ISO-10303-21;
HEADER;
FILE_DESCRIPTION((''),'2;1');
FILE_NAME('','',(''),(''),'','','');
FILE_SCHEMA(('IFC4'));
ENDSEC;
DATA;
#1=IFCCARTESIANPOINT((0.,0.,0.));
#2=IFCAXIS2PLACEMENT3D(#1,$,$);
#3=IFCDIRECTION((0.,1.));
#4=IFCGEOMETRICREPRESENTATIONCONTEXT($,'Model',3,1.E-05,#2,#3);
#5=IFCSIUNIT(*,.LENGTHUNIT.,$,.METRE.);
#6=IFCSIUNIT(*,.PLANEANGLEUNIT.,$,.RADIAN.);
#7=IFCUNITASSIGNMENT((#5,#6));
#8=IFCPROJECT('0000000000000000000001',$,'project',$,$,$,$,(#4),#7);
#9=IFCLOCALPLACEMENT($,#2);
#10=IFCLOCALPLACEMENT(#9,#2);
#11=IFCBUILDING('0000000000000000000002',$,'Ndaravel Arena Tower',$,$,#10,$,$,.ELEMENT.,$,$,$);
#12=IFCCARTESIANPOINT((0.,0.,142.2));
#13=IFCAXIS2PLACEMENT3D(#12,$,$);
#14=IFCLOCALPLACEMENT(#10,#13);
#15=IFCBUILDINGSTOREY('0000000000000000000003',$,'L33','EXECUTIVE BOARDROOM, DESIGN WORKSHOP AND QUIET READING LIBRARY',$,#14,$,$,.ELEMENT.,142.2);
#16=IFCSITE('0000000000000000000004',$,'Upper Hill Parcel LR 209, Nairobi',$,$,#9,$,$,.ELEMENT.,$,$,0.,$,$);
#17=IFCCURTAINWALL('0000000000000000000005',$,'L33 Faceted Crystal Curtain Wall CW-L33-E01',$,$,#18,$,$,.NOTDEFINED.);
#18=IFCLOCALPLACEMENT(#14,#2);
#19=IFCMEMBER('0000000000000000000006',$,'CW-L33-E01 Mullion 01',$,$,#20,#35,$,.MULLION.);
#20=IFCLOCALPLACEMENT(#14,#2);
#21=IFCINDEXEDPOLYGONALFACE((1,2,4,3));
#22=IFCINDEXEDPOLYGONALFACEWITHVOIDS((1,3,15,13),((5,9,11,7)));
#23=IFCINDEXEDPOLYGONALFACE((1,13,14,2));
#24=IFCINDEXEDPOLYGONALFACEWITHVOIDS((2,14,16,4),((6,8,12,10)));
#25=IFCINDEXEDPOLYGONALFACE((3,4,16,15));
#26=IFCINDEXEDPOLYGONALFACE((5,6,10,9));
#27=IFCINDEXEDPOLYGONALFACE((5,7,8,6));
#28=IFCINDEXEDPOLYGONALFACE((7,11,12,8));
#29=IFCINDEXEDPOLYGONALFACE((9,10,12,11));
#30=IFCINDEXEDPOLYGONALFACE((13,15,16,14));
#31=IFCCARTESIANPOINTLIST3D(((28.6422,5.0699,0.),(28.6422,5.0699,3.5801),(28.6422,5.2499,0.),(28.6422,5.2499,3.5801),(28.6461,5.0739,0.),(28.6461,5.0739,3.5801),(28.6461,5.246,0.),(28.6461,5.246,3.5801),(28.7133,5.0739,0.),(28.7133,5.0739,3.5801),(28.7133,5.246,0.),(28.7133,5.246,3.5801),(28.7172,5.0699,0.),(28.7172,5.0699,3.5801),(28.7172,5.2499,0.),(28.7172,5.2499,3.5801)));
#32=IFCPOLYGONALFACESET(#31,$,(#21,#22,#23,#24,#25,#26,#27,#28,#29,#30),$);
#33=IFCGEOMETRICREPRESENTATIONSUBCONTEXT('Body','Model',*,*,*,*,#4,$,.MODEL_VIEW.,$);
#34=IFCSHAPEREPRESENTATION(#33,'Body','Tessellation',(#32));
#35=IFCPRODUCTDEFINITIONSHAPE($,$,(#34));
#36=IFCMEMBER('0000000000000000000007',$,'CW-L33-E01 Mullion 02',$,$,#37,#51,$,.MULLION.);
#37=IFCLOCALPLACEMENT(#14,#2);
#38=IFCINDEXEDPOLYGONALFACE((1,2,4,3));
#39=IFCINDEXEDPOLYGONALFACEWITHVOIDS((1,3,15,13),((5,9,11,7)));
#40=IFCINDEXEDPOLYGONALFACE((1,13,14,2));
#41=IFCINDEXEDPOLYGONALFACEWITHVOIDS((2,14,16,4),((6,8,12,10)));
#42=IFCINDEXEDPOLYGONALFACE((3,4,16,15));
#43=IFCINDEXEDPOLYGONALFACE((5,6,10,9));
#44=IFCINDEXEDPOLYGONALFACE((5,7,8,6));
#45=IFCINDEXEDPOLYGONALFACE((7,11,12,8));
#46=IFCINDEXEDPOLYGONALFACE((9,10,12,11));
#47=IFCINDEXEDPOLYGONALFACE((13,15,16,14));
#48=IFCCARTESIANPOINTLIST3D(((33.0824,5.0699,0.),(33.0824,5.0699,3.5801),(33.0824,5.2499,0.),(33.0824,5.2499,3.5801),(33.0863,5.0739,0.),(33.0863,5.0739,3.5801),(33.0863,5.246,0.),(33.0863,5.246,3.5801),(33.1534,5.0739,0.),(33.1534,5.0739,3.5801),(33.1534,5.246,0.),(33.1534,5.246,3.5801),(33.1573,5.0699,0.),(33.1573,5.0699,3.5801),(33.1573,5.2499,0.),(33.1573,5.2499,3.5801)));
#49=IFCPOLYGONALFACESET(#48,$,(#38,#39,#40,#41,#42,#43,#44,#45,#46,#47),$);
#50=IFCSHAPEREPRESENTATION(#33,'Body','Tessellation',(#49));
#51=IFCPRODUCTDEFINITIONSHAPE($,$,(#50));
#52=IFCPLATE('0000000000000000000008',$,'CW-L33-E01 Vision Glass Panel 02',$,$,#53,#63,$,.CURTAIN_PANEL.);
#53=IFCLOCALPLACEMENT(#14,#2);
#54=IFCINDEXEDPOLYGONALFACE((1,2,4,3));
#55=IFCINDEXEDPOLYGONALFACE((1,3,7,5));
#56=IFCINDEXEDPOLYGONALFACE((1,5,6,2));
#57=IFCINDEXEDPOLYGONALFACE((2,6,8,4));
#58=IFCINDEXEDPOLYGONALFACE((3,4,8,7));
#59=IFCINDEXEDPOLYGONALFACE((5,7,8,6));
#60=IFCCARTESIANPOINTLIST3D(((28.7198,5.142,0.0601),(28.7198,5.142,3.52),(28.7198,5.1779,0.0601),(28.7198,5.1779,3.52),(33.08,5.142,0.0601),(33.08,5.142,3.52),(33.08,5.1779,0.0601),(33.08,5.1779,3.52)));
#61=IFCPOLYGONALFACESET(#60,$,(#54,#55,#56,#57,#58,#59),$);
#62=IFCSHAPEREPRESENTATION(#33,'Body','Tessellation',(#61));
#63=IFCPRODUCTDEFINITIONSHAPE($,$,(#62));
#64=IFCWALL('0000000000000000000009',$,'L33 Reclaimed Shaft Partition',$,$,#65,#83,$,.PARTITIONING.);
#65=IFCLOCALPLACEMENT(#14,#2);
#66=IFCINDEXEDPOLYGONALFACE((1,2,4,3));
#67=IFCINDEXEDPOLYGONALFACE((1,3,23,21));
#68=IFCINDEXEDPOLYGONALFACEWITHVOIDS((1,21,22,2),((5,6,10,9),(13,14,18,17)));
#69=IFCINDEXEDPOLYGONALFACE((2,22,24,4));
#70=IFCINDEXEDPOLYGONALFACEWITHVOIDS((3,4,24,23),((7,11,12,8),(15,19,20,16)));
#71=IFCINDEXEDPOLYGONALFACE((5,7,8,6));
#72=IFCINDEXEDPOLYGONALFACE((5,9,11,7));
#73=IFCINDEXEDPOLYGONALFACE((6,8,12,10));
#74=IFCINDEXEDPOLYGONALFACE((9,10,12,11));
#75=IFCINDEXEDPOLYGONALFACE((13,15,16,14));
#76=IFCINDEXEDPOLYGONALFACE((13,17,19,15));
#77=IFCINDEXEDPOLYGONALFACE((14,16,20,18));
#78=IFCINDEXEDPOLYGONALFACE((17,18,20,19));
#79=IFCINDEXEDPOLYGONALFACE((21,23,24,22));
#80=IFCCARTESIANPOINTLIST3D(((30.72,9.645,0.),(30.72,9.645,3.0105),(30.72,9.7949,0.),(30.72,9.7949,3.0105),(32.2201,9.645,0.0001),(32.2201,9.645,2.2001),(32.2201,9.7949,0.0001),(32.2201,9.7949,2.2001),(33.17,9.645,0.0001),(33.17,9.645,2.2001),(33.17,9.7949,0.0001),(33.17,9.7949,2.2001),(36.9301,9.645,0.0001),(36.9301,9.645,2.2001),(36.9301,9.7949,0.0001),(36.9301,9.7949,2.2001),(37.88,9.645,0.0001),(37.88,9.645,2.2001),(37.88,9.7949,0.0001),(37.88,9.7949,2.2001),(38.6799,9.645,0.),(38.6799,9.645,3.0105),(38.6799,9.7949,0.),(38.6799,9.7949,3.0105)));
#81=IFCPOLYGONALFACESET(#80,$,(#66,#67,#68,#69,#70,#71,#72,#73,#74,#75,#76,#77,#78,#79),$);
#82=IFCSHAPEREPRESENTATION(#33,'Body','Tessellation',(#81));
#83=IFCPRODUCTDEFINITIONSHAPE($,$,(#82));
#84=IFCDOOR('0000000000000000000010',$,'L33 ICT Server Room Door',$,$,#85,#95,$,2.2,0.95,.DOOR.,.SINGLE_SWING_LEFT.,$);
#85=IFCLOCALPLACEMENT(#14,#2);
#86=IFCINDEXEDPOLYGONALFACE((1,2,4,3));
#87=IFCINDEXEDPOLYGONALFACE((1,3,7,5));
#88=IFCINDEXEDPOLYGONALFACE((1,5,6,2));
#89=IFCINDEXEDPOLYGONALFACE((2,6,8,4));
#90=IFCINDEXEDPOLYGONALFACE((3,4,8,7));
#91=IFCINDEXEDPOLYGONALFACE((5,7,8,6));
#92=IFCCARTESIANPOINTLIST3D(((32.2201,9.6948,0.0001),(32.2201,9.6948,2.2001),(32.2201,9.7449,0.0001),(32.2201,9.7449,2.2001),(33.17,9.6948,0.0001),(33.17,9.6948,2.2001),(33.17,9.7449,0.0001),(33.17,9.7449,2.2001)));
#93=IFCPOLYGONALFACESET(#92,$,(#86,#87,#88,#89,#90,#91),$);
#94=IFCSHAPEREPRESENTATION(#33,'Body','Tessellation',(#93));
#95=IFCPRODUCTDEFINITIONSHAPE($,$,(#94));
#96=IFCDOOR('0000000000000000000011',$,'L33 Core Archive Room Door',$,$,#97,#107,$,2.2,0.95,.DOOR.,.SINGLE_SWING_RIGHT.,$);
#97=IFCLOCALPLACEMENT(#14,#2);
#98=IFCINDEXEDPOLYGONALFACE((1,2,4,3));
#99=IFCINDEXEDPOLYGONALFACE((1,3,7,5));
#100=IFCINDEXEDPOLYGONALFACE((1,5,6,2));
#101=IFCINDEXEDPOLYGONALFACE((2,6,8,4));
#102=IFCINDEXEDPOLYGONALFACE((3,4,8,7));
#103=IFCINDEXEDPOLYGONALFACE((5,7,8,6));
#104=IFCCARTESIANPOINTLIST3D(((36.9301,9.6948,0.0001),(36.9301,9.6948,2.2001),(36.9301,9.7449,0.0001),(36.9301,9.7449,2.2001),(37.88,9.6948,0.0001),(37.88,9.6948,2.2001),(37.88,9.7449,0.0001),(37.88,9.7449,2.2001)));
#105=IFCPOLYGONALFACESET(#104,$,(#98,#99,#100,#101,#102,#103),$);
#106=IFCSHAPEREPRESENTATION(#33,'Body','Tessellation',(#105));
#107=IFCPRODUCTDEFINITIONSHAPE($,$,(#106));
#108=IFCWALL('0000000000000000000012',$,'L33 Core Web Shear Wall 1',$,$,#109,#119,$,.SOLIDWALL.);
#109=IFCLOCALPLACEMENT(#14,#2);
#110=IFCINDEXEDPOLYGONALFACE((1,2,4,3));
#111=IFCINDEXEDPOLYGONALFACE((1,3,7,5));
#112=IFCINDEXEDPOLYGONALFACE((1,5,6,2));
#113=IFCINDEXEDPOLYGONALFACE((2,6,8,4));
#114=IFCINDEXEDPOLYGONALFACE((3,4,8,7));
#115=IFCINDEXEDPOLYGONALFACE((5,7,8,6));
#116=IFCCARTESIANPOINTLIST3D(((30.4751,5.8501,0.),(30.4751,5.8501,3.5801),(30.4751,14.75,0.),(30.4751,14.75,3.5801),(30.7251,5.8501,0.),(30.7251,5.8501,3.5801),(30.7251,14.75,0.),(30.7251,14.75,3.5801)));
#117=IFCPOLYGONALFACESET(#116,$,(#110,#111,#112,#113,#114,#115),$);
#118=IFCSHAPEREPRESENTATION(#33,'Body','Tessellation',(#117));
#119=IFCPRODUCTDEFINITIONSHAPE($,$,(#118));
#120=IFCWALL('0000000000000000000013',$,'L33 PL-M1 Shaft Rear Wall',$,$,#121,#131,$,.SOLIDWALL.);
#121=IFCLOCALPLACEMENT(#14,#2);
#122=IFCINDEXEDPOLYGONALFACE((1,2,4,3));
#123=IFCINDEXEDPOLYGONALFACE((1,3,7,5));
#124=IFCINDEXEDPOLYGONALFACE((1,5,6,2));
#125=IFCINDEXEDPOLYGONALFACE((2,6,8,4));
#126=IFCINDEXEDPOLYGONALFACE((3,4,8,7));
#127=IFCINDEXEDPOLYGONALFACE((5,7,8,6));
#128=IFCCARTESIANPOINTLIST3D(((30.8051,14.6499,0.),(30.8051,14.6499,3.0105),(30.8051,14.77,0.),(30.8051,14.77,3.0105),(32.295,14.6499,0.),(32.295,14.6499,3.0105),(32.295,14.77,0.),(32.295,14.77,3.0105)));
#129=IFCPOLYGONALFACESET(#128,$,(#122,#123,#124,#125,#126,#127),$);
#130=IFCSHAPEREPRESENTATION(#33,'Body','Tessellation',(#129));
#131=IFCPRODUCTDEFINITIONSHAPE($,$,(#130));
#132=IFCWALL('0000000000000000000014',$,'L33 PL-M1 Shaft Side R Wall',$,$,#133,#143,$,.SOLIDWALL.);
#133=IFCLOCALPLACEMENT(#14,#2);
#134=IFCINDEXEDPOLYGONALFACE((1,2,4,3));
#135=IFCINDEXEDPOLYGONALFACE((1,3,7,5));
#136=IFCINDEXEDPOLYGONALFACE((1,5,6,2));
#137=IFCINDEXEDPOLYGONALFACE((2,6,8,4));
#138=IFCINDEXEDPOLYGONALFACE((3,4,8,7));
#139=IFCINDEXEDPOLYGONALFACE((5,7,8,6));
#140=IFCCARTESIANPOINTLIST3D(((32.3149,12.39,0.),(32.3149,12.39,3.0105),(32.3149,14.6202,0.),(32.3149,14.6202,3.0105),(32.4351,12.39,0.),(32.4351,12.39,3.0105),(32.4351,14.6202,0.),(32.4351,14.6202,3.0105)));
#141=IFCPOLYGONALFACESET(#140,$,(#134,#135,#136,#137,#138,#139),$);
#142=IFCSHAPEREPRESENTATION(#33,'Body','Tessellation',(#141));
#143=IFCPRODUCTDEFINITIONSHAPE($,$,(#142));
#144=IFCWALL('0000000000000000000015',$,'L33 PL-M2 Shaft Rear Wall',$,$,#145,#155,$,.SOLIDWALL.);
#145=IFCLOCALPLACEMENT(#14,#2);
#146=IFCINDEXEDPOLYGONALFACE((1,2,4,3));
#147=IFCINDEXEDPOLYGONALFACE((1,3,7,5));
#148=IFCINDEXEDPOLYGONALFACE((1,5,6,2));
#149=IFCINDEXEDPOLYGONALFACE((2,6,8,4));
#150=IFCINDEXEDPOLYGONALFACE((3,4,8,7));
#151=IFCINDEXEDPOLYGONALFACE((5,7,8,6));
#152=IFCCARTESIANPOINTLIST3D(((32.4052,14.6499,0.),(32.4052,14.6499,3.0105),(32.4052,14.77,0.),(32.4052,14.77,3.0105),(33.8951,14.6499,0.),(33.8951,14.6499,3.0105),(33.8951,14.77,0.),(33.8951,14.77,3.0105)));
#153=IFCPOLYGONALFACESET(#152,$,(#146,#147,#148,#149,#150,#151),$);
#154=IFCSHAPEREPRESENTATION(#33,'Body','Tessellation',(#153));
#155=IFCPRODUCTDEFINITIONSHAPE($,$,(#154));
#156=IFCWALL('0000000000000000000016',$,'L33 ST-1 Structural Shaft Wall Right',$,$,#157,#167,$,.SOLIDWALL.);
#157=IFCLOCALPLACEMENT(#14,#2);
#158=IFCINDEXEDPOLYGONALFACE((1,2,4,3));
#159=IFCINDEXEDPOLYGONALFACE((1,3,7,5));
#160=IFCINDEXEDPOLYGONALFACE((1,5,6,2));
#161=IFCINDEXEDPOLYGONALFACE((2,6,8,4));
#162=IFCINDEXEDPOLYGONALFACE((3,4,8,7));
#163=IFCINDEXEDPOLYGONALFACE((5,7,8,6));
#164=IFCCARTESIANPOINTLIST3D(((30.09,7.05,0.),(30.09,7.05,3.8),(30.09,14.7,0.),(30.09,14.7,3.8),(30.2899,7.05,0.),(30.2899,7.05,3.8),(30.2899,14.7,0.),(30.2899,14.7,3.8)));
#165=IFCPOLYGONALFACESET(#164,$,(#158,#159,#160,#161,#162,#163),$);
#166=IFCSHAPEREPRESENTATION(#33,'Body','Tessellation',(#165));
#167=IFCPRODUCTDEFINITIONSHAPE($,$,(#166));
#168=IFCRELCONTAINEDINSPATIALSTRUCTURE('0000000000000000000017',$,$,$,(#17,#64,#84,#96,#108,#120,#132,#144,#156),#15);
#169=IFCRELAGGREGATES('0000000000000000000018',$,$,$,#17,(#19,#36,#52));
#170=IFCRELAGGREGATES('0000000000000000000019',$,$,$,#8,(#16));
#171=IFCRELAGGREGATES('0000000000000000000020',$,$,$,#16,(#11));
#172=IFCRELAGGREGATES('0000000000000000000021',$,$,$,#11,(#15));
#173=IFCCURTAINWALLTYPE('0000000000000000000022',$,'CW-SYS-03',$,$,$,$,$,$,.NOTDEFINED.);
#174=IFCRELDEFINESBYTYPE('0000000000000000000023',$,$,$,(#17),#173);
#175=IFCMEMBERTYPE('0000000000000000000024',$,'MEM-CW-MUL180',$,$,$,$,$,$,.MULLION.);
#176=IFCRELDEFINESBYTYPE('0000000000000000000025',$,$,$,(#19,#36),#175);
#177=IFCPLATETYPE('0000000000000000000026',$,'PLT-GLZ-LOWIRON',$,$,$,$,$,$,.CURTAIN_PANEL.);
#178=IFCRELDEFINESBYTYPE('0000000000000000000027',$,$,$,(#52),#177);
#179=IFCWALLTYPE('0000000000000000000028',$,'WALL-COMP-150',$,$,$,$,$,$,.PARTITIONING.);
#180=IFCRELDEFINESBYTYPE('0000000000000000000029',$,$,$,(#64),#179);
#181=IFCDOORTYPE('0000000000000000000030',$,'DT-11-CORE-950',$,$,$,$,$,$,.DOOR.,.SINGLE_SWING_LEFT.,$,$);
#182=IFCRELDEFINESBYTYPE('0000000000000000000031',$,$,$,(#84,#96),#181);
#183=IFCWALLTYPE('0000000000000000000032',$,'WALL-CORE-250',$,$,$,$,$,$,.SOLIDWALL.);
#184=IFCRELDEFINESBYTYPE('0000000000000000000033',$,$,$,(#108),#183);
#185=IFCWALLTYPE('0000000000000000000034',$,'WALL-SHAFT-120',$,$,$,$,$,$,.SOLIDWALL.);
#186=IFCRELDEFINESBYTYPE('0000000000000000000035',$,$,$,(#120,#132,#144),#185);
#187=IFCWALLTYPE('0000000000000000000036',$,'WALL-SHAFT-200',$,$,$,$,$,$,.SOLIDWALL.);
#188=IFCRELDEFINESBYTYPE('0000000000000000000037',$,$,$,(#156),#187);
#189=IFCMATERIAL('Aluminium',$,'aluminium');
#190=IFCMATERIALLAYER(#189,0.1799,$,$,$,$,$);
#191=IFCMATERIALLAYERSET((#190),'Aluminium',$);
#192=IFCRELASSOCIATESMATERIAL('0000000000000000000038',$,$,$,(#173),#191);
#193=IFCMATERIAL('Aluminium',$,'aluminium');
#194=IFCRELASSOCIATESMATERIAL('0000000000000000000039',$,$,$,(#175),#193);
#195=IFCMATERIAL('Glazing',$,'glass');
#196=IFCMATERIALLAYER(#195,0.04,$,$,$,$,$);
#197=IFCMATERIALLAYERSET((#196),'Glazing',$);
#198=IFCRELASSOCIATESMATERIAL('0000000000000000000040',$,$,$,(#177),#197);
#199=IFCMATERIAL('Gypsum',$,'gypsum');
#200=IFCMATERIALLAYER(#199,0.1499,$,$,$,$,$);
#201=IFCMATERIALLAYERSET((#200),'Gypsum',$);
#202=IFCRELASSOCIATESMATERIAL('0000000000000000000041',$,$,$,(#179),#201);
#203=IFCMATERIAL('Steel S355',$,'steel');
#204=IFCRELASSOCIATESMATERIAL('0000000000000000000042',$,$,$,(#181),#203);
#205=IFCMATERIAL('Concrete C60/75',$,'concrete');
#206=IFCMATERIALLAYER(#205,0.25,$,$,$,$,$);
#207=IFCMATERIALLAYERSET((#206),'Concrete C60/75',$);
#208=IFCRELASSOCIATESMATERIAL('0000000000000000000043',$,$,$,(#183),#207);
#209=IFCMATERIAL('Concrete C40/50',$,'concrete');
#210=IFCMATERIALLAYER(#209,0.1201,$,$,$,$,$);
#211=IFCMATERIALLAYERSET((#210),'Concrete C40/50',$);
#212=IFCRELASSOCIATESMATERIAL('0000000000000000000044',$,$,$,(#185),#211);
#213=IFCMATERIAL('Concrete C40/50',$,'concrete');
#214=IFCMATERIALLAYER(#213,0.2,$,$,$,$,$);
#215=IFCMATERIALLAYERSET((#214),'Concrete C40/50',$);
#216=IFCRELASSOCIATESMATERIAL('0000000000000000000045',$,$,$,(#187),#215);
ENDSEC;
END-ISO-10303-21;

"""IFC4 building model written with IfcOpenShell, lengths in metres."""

from ifc_helpers import new_model, si_unit, direction, frame, frame_2d, origin, origin_2d, place, context, subcontext, project, spatial, rectangle, hollow_rectangle, extrude, material, layer, layer_set, material_profile, profile_set, type_object, element, fill, aggregate, save


model = new_model("IFC4")

# Units and contexts
model_context = context("Model", 3, precision=1e-05, world=origin(), true_north=direction((0.0, 1.0)))
body_context = subcontext(model_context, "Body", "Model", "MODEL_VIEW")
ifc_project = project(units=[si_unit("LENGTHUNIT", "METRE"), si_unit("PLANEANGLEUNIT", "RADIAN")], contexts=[model_context])

# Site, building, storey
site_placement = place(None, origin())
site = spatial("IfcSite", under=ifc_project, at=site_placement, Name="Upper Hill Parcel LR 209, Nairobi", CompositionType="ELEMENT", RefElevation=0.0)
building_placement = place(site_placement, origin())
building = spatial("IfcBuilding", under=site, at=building_placement, Name="Ndaravel Arena Tower", CompositionType="ELEMENT")
storey_placement = place(building_placement, frame((0.0, 0.0, 142.2)))
storey = spatial("IfcBuildingStorey", under=building, at=storey_placement, Name="L33", Description="EXECUTIVE BOARDROOM, DESIGN WORKSHOP AND QUIET READING LIBRARY", CompositionType="ELEMENT", Elevation=142.2)

# Curtain wall, members, plate
ifc_material_1 = material(Name="Aluminium", Category="aluminium")
ifc_layer_1 = layer(ifc_material_1, 0.1799)
ifc_layer_set_1 = layer_set([ifc_layer_1], Name="Aluminium")
curtain_wall_type = type_object("IfcCurtainWallType", Name="CW-SYS-03", PredefinedType="NOTDEFINED", material=ifc_layer_set_1)
curtain_wall_placement = place(storey_placement, origin())
curtain_wall = element("IfcCurtainWall", 1, at=curtain_wall_placement, inside=storey, type_object=curtain_wall_type, Name="L33 Faceted Crystal Curtain Wall CW-L33-E01", PredefinedType="NOTDEFINED")
ifc_material_2 = material(Name="Aluminium", Category="aluminium")
ifc_material_profile = material_profile(ifc_material_2, hollow_rectangle(XDim=0.075, YDim=0.1799, WallThickness=0.0039, at=origin_2d()), Name="CW MULLION 75x180x4")
ifc_profile_set = profile_set([ifc_material_profile], Name="Aluminium")
member_type = type_object("IfcMemberType", Name="MEM-CW-MUL180", PredefinedType="MULLION", material=ifc_profile_set)
member_1_placement = place(storey_placement, frame((28.6797, 5.1599, 0.0), z_axis=(0.0, 0.0, 1.0), x_axis=(1.0, 0.0, 0.0)))
member_1 = element("IfcMember", 2, at=member_1_placement, type_object=member_type, Name="CW-L33-E01 Mullion 01", PredefinedType="MULLION", context=body_context, shape_type="SweptSolid", body=[
    extrude(hollow_rectangle(XDim=0.075, YDim=0.1799, WallThickness=0.0039, at=origin_2d()), origin(), (0.0, 0.0, 1.0), 3.5801),
])
member_2_placement = place(storey_placement, frame((33.1199, 5.1599, 0.0), z_axis=(0.0, 0.0, 1.0), x_axis=(1.0, 0.0, 0.0)))
member_2 = element("IfcMember", 3, at=member_2_placement, type_object=member_type, Name="CW-L33-E01 Mullion 02", PredefinedType="MULLION", context=body_context, shape_type="SweptSolid", body=[
    extrude(hollow_rectangle(XDim=0.075, YDim=0.1799, WallThickness=0.0039, at=origin_2d()), origin(), (0.0, 0.0, 1.0), 3.5801),
])
ifc_material_3 = material(Name="Glazing", Category="glass")
ifc_layer_2 = layer(ifc_material_3, 0.04)
ifc_layer_set_2 = layer_set([ifc_layer_2], Name="Glazing")
plate_type = type_object("IfcPlateType", Name="PLT-GLZ-LOWIRON", PredefinedType="CURTAIN_PANEL", material=ifc_layer_set_2)
plate_placement = place(storey_placement, frame((30.8999, 5.1599, 0.0601), z_axis=(0.0, 0.0, 1.0), x_axis=(1.0, 0.0, 0.0)))
plate = element("IfcPlate", 4, at=plate_placement, type_object=plate_type, Name="CW-L33-E01 Vision Glass Panel 02", PredefinedType="CURTAIN_PANEL", context=body_context, shape_type="SweptSolid", body=[
    extrude(rectangle(XDim=4.3601, YDim=0.0359, at=origin_2d()), origin(), (0.0, 0.0, 1.0), 3.46),
])
aggregate(curtain_wall, [member_1, member_2, plate])

# Wall, openings, doors
ifc_material_4 = material(Name="Gypsum", Category="gypsum")
ifc_layer_3 = layer(ifc_material_4, 0.1499)
ifc_layer_set_3 = layer_set([ifc_layer_3], Name="Gypsum")
wall_type_1 = type_object("IfcWallType", Name="WALL-COMP-150", PredefinedType="PARTITIONING", material=ifc_layer_set_3)
wall_1_placement = place(storey_placement, frame((30.72, 9.72, 0.0), z_axis=(0.0, 0.0, 1.0), x_axis=(1.0, 0.0, 0.0)))
wall_1 = element("IfcWall", 5, at=wall_1_placement, inside=storey, type_object=wall_type_1, Name="L33 Reclaimed Shaft Partition", PredefinedType="PARTITIONING", context=body_context, shape_type="SweptSolid", body=[
    extrude(rectangle(XDim=7.96, YDim=0.1499, at=frame_2d((3.98, 0.0))), origin(), (0.0, 0.0, 1.0), 3.0105),
])
opening_1_placement = place(wall_1_placement, frame((1.5, 0.0, 0.0)))
opening_1 = element("IfcOpeningElement", 6, at=opening_1_placement, cuts=wall_1, PredefinedType="OPENING", context=body_context, shape_type="SweptSolid", body=[
    extrude(rectangle(XDim=0.95, YDim=2.2, at=frame_2d((0.4751, 1.1001))), frame((0.0, 0.075, 0.0), z_axis=(0.0, -1.0, 0.0), x_axis=(1.0, 0.0, 0.0)), (0.0, 0.0, 1.0), 0.1499),
])
opening_2_placement = place(wall_1_placement, frame((6.21, 0.0, 0.0)))
opening_2 = element("IfcOpeningElement", 7, at=opening_2_placement, cuts=wall_1, PredefinedType="OPENING", context=body_context, shape_type="SweptSolid", body=[
    extrude(rectangle(XDim=0.95, YDim=2.2, at=frame_2d((0.4751, 1.1001))), frame((0.0, 0.075, 0.0), z_axis=(0.0, -1.0, 0.0), x_axis=(1.0, 0.0, 0.0)), (0.0, 0.0, 1.0), 0.1499),
])
ifc_material_5 = material(Name="Steel S355", Category="steel")
door_type_1 = type_object("IfcDoorType", Name="DT-11-CORE-950", OperationType="SINGLE_SWING_LEFT", PredefinedType="DOOR", material=ifc_material_5)
door_1_placement = place(opening_1_placement, origin())
door_1 = element("IfcDoor", 8, at=door_1_placement, inside=storey, type_object=door_type_1, Name="L33 ICT Server Room Door", OperationType="SINGLE_SWING_LEFT", OverallHeight=2.2, OverallWidth=0.95, PredefinedType="DOOR", context=body_context, shape_type="SweptSolid", body=[
    extrude(rectangle(XDim=0.95, YDim=2.2, at=frame_2d((0.4751, 1.1001))), frame((0.0, 0.0249, 0.0), z_axis=(0.0, -1.0, 0.0), x_axis=(1.0, 0.0, 0.0)), (0.0, 0.0, 1.0), 0.05),
])
fill(opening_1, door_1)
door_2_placement = place(opening_2_placement, origin())
door_2 = element("IfcDoor", 9, at=door_2_placement, inside=storey, type_object=door_type_1, Name="L33 Core Archive Room Door", OperationType="SINGLE_SWING_RIGHT", OverallHeight=2.2, OverallWidth=0.95, PredefinedType="DOOR", context=body_context, shape_type="SweptSolid", body=[
    extrude(rectangle(XDim=0.95, YDim=2.2, at=frame_2d((0.4751, 1.1001))), frame((0.0, 0.0249, 0.0), z_axis=(0.0, -1.0, 0.0), x_axis=(1.0, 0.0, 0.0)), (0.0, 0.0, 1.0), 0.05),
])
fill(opening_2, door_2)

# Walls
ifc_material_6 = material(Name="Concrete C60/75", Category="concrete")
ifc_layer_4 = layer(ifc_material_6, 0.25)
ifc_layer_set_4 = layer_set([ifc_layer_4], Name="Concrete C60/75")
wall_type_2 = type_object("IfcWallType", Name="WALL-CORE-250", PredefinedType="SOLIDWALL", material=ifc_layer_set_4)
wall_2_placement = place(storey_placement, frame((30.6001, 5.8501, 0.0), z_axis=(0.0, 0.0, 1.0), x_axis=(0.0, 1.0, 0.0)))
element("IfcWall", 10, at=wall_2_placement, inside=storey, type_object=wall_type_2, Name="L33 Core Web Shear Wall 1", PredefinedType="SOLIDWALL", context=body_context, shape_type="SweptSolid", body=[
    extrude(rectangle(XDim=8.8999, YDim=0.25, at=frame_2d((4.45, 0.0))), origin(), (0.0, 0.0, 1.0), 3.5801),
])
ifc_material_7 = material(Name="Concrete C40/50", Category="concrete")
ifc_layer_5 = layer(ifc_material_7, 0.1201)
ifc_layer_set_5 = layer_set([ifc_layer_5], Name="Concrete C40/50")
wall_type_3 = type_object("IfcWallType", Name="WALL-SHAFT-120", PredefinedType="SOLIDWALL", material=ifc_layer_set_5)
wall_3_placement = place(storey_placement, frame((30.8049, 14.71, 0.0), z_axis=(0.0, 0.0, 1.0), x_axis=(1.0, 0.0, 0.0)))
element("IfcWall", 11, at=wall_3_placement, inside=storey, type_object=wall_type_3, Name="L33 PL-M1 Shaft Rear Wall", PredefinedType="SOLIDWALL", context=body_context, shape_type="SweptSolid", body=[
    extrude(rectangle(XDim=1.49, YDim=0.1201, at=frame_2d((0.7451, 0.0))), origin(), (0.0, 0.0, 1.0), 3.0105),
])
wall_4_placement = place(storey_placement, frame((32.375, 12.3899, 0.0), z_axis=(0.0, 0.0, 1.0), x_axis=(0.0, 1.0, 0.0)))
element("IfcWall", 12, at=wall_4_placement, inside=storey, type_object=wall_type_3, Name="L33 PL-M1 Shaft Side R Wall", PredefinedType="SOLIDWALL", context=body_context, shape_type="SweptSolid", body=[
    extrude(rectangle(XDim=2.2302, YDim=0.1201, at=frame_2d((1.1152, 0.0))), origin(), (0.0, 0.0, 1.0), 3.0105),
])
wall_5_placement = place(storey_placement, frame((32.405, 14.71, 0.0), z_axis=(0.0, 0.0, 1.0), x_axis=(1.0, 0.0, 0.0)))
element("IfcWall", 13, at=wall_5_placement, inside=storey, type_object=wall_type_3, Name="L33 PL-M2 Shaft Rear Wall", PredefinedType="SOLIDWALL", context=body_context, shape_type="SweptSolid", body=[
    extrude(rectangle(XDim=1.49, YDim=0.1201, at=frame_2d((0.7451, 0.0))), origin(), (0.0, 0.0, 1.0), 3.0105),
])
ifc_material_8 = material(Name="Concrete C40/50", Category="concrete")
ifc_layer_6 = layer(ifc_material_8, 0.2)
ifc_layer_set_6 = layer_set([ifc_layer_6], Name="Concrete C40/50")
wall_type_4 = type_object("IfcWallType", Name="WALL-SHAFT-200", PredefinedType="SOLIDWALL", material=ifc_layer_set_6)
wall_6_placement = place(storey_placement, frame((30.1899, 14.7, 0.0), z_axis=(0.0, 0.0, 1.0), x_axis=(0.0, -1.0, 0.0)))
element("IfcWall", 14, at=wall_6_placement, inside=storey, type_object=wall_type_4, Name="L33 ST-1 Structural Shaft Wall Right", PredefinedType="SOLIDWALL", context=body_context, shape_type="SweptSolid", body=[
    extrude(rectangle(XDim=7.6499, YDim=0.2, at=frame_2d((3.825, 0.0))), origin(), (0.0, 0.0, 1.0), 3.8),
])

save(model, "model.ifc")
